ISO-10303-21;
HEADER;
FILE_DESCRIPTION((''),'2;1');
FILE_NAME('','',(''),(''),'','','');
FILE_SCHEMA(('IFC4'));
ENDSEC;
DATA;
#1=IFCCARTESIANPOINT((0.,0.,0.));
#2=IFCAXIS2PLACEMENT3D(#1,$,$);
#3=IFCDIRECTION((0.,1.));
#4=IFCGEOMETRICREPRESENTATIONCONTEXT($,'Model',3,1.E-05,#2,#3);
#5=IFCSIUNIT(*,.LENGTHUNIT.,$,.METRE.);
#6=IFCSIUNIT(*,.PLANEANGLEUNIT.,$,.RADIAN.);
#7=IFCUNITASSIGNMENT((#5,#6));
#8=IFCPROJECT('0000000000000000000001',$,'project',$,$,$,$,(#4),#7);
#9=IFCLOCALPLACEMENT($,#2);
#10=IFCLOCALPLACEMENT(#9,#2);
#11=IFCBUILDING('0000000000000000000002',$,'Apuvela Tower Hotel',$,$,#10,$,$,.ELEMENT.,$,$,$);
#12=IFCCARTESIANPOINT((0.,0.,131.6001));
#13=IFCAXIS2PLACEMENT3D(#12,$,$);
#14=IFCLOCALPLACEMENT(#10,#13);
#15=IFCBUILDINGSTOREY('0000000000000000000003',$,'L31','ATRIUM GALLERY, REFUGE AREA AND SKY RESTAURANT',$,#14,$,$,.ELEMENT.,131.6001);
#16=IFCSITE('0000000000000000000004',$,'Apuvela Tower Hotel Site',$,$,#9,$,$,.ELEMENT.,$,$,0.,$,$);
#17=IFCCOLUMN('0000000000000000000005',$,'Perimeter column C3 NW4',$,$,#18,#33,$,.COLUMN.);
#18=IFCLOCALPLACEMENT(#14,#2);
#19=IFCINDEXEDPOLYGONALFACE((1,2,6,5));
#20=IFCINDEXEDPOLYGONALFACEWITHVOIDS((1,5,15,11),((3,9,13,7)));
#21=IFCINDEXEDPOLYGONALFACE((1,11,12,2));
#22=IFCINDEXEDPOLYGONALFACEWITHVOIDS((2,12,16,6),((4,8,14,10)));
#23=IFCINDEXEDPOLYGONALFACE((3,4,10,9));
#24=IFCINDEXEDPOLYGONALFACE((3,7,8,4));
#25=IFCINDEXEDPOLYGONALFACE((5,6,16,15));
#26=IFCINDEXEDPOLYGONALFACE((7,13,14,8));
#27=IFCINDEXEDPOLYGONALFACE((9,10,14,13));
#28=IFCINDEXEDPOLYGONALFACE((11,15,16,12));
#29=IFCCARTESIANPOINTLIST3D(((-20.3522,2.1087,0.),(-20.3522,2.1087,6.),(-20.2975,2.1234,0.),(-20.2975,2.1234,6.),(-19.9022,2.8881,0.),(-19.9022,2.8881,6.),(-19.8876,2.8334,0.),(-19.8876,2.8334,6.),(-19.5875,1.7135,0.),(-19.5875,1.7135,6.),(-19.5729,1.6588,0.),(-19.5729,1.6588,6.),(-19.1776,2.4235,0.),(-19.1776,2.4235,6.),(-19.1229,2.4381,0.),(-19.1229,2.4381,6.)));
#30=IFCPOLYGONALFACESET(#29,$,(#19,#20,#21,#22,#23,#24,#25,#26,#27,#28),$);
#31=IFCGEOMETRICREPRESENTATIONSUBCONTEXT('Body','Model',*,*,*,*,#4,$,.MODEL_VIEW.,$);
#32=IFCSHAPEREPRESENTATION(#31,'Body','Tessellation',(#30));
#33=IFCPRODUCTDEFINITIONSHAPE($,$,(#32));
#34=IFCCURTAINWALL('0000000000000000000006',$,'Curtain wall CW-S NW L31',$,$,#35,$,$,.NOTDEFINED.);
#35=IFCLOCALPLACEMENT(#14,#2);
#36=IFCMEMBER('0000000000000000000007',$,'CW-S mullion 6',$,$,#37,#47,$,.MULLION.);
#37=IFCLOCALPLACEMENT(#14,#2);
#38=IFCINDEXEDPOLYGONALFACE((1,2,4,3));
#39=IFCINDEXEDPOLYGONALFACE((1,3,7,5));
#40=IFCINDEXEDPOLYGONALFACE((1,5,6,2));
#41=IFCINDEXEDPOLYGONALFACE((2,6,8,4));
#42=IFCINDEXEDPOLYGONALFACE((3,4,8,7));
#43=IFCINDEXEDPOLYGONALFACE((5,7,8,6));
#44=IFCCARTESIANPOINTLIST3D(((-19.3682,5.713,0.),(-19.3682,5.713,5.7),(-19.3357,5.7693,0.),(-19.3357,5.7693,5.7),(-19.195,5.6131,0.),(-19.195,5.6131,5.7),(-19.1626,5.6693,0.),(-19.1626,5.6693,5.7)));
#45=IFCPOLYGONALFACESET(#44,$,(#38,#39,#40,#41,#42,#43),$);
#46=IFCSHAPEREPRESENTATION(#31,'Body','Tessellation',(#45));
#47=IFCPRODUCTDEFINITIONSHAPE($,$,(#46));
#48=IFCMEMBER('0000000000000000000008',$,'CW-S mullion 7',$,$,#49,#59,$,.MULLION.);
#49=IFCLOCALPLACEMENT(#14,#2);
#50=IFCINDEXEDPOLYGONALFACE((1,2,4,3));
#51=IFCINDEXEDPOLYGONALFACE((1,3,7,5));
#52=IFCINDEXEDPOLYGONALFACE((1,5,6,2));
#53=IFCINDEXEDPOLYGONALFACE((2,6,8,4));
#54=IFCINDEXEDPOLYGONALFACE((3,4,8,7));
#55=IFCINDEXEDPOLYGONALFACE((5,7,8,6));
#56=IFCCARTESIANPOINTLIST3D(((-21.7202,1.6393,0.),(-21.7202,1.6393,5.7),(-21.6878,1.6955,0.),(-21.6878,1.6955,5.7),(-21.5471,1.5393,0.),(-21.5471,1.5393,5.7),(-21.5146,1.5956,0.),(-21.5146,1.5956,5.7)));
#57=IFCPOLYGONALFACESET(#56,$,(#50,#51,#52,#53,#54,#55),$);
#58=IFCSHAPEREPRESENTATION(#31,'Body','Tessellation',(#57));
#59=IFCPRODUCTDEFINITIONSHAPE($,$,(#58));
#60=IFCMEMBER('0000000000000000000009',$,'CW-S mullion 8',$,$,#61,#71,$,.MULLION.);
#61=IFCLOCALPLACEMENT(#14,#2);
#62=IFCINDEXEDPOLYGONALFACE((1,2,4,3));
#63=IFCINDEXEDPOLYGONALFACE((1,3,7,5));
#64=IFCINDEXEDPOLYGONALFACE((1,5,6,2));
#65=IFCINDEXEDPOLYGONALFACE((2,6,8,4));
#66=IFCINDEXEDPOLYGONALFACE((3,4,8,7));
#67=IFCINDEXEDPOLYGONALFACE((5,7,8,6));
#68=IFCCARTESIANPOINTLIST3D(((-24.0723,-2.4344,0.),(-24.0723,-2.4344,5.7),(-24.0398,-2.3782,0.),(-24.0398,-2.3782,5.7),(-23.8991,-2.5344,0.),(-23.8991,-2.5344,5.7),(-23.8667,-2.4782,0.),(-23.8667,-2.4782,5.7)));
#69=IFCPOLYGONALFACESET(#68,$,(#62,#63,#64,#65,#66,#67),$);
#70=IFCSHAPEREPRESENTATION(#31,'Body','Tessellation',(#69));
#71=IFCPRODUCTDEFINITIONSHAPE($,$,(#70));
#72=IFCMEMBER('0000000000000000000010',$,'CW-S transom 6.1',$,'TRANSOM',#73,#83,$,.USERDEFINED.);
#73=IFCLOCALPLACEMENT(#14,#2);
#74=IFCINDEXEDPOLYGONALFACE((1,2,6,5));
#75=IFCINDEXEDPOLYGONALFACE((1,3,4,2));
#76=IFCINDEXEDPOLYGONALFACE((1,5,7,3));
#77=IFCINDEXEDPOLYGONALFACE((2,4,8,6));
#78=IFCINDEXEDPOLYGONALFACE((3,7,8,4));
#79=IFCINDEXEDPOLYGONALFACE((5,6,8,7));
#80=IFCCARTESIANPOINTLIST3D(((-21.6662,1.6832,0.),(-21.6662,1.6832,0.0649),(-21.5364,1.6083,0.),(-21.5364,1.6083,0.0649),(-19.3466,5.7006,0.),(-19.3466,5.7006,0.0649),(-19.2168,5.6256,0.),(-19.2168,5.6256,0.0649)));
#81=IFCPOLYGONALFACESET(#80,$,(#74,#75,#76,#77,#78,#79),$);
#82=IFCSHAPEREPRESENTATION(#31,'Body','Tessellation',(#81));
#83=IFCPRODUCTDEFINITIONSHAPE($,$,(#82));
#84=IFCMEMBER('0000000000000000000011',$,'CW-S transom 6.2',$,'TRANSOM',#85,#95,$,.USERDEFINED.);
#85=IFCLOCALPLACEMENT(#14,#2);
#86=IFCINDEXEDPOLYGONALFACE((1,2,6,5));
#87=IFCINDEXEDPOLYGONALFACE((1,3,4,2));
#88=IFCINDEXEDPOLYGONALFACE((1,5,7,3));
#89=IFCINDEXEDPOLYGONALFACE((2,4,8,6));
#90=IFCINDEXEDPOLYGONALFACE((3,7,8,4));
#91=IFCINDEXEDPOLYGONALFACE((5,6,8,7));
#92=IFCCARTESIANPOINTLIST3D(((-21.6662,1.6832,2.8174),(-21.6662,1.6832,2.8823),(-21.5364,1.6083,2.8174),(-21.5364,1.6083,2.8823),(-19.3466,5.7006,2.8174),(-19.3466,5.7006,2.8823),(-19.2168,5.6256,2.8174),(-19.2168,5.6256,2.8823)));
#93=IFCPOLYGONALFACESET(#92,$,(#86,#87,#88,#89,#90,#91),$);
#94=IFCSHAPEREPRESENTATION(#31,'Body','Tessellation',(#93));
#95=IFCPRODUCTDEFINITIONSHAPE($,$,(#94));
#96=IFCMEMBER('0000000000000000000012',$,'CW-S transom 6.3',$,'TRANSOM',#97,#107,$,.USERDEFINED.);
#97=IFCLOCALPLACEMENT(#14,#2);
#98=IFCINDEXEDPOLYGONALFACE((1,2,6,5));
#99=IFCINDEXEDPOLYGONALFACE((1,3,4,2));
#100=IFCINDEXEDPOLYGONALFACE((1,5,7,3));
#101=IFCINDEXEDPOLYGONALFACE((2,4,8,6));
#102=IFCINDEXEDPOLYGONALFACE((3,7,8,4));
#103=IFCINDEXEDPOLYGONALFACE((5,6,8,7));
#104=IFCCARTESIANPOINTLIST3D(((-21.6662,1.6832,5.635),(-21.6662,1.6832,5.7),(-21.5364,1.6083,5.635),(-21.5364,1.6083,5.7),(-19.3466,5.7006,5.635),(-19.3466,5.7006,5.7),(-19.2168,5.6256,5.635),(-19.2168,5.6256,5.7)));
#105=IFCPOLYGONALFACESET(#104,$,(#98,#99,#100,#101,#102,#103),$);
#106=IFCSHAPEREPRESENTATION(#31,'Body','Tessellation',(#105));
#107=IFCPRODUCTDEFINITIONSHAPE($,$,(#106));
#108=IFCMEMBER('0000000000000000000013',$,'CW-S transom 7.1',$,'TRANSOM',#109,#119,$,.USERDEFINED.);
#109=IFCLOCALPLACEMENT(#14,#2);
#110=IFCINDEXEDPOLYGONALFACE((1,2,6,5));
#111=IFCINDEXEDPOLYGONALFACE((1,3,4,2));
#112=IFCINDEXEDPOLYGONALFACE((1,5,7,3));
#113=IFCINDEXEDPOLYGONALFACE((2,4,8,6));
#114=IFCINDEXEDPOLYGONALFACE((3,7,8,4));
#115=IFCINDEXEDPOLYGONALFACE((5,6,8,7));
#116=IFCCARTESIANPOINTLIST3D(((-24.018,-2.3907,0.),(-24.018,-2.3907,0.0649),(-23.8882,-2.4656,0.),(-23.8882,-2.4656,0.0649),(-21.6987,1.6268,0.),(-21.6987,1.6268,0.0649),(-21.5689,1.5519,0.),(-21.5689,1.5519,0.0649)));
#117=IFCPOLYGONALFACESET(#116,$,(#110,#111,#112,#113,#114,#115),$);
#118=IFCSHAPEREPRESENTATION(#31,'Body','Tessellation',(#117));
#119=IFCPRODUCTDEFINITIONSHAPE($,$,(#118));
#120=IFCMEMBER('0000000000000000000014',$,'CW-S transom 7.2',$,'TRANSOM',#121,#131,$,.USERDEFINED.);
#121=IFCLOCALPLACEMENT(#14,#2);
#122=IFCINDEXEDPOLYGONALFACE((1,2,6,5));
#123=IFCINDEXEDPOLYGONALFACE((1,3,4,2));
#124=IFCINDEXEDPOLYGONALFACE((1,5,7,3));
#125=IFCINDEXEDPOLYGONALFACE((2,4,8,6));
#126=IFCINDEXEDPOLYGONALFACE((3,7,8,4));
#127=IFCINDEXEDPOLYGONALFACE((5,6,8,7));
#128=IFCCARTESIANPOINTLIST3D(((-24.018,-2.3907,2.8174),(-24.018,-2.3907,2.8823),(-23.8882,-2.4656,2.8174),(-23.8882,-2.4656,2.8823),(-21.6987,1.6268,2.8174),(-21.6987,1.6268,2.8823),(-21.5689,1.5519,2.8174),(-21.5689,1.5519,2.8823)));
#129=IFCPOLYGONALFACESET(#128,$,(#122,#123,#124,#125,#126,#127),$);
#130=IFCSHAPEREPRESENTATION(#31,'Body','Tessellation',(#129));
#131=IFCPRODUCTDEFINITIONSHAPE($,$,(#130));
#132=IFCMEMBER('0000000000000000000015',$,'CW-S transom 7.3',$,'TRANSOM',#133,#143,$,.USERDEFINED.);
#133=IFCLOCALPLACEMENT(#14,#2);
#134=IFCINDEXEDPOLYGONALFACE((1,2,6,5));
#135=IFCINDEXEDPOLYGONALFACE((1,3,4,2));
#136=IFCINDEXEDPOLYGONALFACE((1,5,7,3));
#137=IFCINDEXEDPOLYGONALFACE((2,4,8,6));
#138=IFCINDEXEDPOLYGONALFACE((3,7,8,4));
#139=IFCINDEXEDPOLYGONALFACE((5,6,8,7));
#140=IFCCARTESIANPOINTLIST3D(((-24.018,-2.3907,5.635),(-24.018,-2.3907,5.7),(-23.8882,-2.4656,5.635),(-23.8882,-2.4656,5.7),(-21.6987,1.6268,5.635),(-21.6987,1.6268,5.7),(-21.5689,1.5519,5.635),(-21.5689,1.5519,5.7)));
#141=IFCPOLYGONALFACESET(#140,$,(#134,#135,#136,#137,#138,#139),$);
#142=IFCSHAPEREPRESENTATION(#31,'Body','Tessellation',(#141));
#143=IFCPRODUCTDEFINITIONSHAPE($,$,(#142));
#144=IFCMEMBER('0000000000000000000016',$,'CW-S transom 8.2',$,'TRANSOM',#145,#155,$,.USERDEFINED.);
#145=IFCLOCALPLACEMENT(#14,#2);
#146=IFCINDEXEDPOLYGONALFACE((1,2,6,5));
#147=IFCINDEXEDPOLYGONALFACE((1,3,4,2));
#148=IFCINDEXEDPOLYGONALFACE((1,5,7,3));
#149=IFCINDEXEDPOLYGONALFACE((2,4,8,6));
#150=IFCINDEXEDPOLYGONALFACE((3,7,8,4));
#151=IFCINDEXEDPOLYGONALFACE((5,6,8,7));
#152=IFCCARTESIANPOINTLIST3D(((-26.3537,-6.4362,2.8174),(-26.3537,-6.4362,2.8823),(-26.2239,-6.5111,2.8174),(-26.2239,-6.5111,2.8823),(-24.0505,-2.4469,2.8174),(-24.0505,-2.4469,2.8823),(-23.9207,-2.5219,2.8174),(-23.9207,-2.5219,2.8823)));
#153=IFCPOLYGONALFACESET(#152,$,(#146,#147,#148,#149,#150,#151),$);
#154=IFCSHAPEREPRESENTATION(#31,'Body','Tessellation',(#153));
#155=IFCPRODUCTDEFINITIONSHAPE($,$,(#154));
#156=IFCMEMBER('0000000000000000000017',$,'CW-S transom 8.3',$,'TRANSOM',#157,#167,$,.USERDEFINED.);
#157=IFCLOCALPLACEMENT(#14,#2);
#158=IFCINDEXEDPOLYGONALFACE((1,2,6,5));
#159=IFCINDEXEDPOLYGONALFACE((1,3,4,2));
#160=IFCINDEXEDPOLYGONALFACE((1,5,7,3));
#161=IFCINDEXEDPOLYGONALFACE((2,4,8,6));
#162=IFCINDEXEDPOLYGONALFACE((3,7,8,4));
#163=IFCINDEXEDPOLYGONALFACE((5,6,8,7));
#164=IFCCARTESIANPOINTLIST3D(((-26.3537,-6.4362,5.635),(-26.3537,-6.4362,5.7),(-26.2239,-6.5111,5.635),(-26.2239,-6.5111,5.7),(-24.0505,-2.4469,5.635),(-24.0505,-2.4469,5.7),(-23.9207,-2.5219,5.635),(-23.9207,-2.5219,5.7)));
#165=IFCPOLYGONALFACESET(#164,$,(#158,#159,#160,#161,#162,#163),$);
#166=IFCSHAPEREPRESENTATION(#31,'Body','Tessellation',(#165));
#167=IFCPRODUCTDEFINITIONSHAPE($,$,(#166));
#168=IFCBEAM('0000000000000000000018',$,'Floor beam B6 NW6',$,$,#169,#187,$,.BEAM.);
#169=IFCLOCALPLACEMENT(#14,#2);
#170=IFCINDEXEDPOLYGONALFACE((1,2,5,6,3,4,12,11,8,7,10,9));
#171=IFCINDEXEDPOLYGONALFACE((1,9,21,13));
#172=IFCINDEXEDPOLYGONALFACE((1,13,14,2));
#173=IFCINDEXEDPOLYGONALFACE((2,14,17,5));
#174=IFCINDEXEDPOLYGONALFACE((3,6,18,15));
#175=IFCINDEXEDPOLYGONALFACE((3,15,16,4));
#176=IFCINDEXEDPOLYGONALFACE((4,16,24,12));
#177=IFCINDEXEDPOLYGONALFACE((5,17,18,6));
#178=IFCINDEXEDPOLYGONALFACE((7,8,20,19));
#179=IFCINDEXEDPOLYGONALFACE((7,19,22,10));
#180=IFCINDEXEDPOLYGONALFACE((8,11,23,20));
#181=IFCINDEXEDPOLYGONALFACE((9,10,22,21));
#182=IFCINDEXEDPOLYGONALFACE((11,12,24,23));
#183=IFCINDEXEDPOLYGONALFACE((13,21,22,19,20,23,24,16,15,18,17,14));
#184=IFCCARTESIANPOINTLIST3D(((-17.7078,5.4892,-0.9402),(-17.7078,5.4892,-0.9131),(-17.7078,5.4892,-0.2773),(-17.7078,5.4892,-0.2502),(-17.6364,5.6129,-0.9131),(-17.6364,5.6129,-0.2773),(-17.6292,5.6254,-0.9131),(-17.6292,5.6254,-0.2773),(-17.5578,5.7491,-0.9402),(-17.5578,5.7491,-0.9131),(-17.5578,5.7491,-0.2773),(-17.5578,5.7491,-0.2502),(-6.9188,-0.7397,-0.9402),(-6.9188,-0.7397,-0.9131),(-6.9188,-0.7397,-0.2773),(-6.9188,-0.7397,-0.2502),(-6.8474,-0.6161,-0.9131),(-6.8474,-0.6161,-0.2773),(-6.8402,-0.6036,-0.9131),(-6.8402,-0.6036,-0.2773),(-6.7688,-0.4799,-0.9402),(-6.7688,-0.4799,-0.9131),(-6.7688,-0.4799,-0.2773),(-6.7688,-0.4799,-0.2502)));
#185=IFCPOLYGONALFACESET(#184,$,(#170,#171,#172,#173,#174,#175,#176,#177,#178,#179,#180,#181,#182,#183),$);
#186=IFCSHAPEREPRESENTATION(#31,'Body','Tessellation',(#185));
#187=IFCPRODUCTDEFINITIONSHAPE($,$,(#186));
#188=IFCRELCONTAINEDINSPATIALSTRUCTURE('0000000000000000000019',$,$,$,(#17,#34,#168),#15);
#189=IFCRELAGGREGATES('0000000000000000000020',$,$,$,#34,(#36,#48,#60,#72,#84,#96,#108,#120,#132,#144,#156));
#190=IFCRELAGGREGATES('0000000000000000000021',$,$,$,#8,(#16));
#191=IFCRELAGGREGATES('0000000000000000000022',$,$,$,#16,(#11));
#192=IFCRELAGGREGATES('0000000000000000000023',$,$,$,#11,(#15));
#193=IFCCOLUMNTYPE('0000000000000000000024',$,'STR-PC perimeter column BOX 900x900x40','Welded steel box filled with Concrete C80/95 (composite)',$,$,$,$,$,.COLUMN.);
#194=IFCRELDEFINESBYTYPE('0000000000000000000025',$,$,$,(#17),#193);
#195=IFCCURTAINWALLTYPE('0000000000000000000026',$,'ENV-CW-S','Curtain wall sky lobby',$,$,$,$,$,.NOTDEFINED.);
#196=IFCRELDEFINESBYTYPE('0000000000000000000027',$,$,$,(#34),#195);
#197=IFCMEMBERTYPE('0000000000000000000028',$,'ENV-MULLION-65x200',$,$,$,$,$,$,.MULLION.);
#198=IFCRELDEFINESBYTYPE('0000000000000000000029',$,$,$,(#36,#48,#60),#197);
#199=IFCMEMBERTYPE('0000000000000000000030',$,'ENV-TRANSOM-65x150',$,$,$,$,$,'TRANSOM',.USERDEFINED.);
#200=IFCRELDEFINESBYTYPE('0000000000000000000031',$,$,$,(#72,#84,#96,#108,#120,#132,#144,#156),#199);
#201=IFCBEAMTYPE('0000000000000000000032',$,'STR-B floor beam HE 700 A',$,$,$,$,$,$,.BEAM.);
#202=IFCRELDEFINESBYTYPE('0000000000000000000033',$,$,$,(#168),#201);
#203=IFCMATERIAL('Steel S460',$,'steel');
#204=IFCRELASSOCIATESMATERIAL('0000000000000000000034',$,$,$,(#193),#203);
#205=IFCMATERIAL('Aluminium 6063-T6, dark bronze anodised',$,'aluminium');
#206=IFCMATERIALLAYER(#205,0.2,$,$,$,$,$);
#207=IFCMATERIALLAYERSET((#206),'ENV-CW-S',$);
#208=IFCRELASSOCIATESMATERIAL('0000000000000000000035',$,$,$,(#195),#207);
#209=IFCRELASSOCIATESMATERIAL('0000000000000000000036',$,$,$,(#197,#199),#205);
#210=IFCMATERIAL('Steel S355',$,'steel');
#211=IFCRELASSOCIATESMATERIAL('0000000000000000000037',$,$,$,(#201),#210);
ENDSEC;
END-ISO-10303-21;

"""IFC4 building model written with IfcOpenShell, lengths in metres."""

from ifc_helpers import new_model, si_unit, direction, frame, origin, origin_2d, place, context, subcontext, project, spatial, rectangle, hollow_rectangle, i_section, extrude, material, layer, layer_set, material_profile, profile_set, type_object, element, aggregate, save


model = new_model("IFC4")

# Units and contexts
model_context = context("Model", 3, precision=1e-05, world=origin(), true_north=direction((0.0, 1.0)))
body_context = subcontext(model_context, "Body", "Model", "MODEL_VIEW")
ifc_project = project(units=[si_unit("LENGTHUNIT", "METRE"), si_unit("PLANEANGLEUNIT", "RADIAN")], contexts=[model_context])

# Site, building, storey
site_placement = place(None, origin())
site = spatial("IfcSite", under=ifc_project, at=site_placement, Name="Apuvela Tower Hotel Site", CompositionType="ELEMENT", RefElevation=0.0)
building_placement = place(site_placement, origin())
building = spatial("IfcBuilding", under=site, at=building_placement, Name="Apuvela Tower Hotel", CompositionType="ELEMENT")
storey_placement = place(building_placement, frame((0.0, 0.0, 131.6001)))
storey = spatial("IfcBuildingStorey", under=building, at=storey_placement, Name="L31", Description="ATRIUM GALLERY, REFUGE AREA AND SKY RESTAURANT", CompositionType="ELEMENT", Elevation=131.6001)

# Column
ifc_material_1 = material(Name="Steel S460", Category="steel")
ifc_material_profile_1 = material_profile(ifc_material_1, hollow_rectangle(XDim=0.8999, YDim=0.8999, WallThickness=0.04, at=origin_2d()), Name="BOX 900x900x40")
ifc_material_2 = material(Name="Concrete C80/95", Category="concrete")
ifc_material_profile_2 = material_profile(ifc_material_2, rectangle(XDim=0.8201, YDim=0.8201, at=origin_2d()), Name="Concrete C80/95 infill")
ifc_profile_set_1 = profile_set([ifc_material_profile_1, ifc_material_profile_2], Name="Steel S460")
column_type = type_object("IfcColumnType", Name="STR-PC perimeter column BOX 900x900x40", Description="Welded steel box filled with Concrete C80/95 (composite)", PredefinedType="COLUMN", material=ifc_profile_set_1)
column_placement = place(storey_placement, frame((-19.7375, 2.2734, 0.0), z_axis=(0.0, 0.0, 1.0), x_axis=(0.5, 0.866025, 0.0)))
element("IfcColumn", 1, at=column_placement, inside=storey, type_object=column_type, Name="Perimeter column C3 NW4", PredefinedType="COLUMN", context=body_context, shape_type="SweptSolid", body=[
    extrude(hollow_rectangle(XDim=0.8999, YDim=0.8999, WallThickness=0.04, at=origin_2d()), origin(), (0.0, 0.0, 1.0), 6.0),
])

# Curtain wall, members
ifc_material_3 = material(Name="Aluminium 6063-T6, dark bronze anodised", Category="aluminium")
ifc_layer_1 = layer(ifc_material_3, 0.2)
ifc_layer_set_1 = layer_set([ifc_layer_1], Name="ENV-CW-S")
curtain_wall_type = type_object("IfcCurtainWallType", Name="ENV-CW-S", Description="Curtain wall sky lobby", PredefinedType="NOTDEFINED", material=ifc_layer_set_1)
curtain_wall_placement = place(storey_placement, origin())
curtain_wall = element("IfcCurtainWall", 2, at=curtain_wall_placement, inside=storey, type_object=curtain_wall_type, Name="Curtain wall CW-S NW L31", PredefinedType="NOTDEFINED")
ifc_material_profile_3 = material_profile(ifc_material_3, rectangle(XDim=0.2, YDim=0.0649, at=origin_2d()), Name="AL 65x200")
ifc_profile_set_2 = profile_set([ifc_material_profile_3], Name="Aluminium 6063-T6, dark bronze anodised")
member_type_1 = type_object("IfcMemberType", Name="ENV-MULLION-65x200", PredefinedType="MULLION", material=ifc_profile_set_2)
member_1_placement = place(storey_placement, frame((-19.2654, 5.6912, 0.0), z_axis=(0.0, 0.0, 1.0), x_axis=(0.866026, -0.499999, 0.0)))
member_1 = element("IfcMember", 3, at=member_1_placement, type_object=member_type_1, Name="CW-S mullion 6", PredefinedType="MULLION", context=body_context, shape_type="SweptSolid", body=[
    extrude(rectangle(XDim=0.2, YDim=0.0649, at=origin_2d()), origin(), (0.0, 0.0, 1.0), 5.7),
])
member_2_placement = place(storey_placement, frame((-21.6174, 1.6174, 0.0), z_axis=(0.0, 0.0, 1.0), x_axis=(0.866026, -0.499999, 0.0)))
member_2 = element("IfcMember", 4, at=member_2_placement, type_object=member_type_1, Name="CW-S mullion 7", PredefinedType="MULLION", context=body_context, shape_type="SweptSolid", body=[
    extrude(rectangle(XDim=0.2, YDim=0.0649, at=origin_2d()), origin(), (0.0, 0.0, 1.0), 5.7),
])
member_3_placement = place(storey_placement, frame((-23.9695, -2.4563, 0.0), z_axis=(0.0, 0.0, 1.0), x_axis=(0.866026, -0.499999, 0.0)))
member_3 = element("IfcMember", 5, at=member_3_placement, type_object=member_type_1, Name="CW-S mullion 8", PredefinedType="MULLION", context=body_context, shape_type="SweptSolid", body=[
    extrude(rectangle(XDim=0.2, YDim=0.0649, at=origin_2d()), origin(), (0.0, 0.0, 1.0), 5.7),
])
ifc_material_profile_4 = material_profile(ifc_material_3, rectangle(XDim=0.1499, YDim=0.0649, at=origin_2d()), Name="AL 65x150 transom")
ifc_profile_set_3 = profile_set([ifc_material_profile_4], Name="Aluminium 6063-T6, dark bronze anodised")
member_type_2 = type_object("IfcMemberType", Name="ENV-TRANSOM-65x150", ElementType="TRANSOM", PredefinedType="USERDEFINED", material=ifc_profile_set_3)
member_4_placement = place(storey_placement, frame((-19.2817, 5.6631, 0.0325), z_axis=(-0.500028, -0.866009, 0.0), x_axis=(0.866009, -0.500028, 0.0)))
member_4 = element("IfcMember", 6, at=member_4_placement, type_object=member_type_2, Name="CW-S transom 6.1", ObjectType="TRANSOM", PredefinedType="USERDEFINED", context=body_context, shape_type="SweptSolid", body=[
    extrude(rectangle(XDim=0.1499, YDim=0.0649, at=origin_2d()), origin(), (0.0, 0.0, 1.0), 4.6389),
])
member_5_placement = place(storey_placement, frame((-19.2817, 5.6631, 2.8499), z_axis=(-0.500028, -0.866009, 0.0), x_axis=(0.866009, -0.500028, 0.0)))
member_5 = element("IfcMember", 7, at=member_5_placement, type_object=member_type_2, Name="CW-S transom 6.2", ObjectType="TRANSOM", PredefinedType="USERDEFINED", context=body_context, shape_type="SweptSolid", body=[
    extrude(rectangle(XDim=0.1499, YDim=0.0649, at=origin_2d()), origin(), (0.0, 0.0, 1.0), 4.6389),
])
member_6_placement = place(storey_placement, frame((-19.2817, 5.6631, 5.6675), z_axis=(-0.500028, -0.866009, 0.0), x_axis=(0.866009, -0.500028, 0.0)))
member_6 = element("IfcMember", 8, at=member_6_placement, type_object=member_type_2, Name="CW-S transom 6.3", ObjectType="TRANSOM", PredefinedType="USERDEFINED", context=body_context, shape_type="SweptSolid", body=[
    extrude(rectangle(XDim=0.1499, YDim=0.0649, at=origin_2d()), origin(), (0.0, 0.0, 1.0), 4.6389),
])
member_7_placement = place(storey_placement, frame((-21.6338, 1.5894, 0.0325), z_axis=(-0.499965, -0.866045, 0.0), x_axis=(0.866045, -0.499965, 0.0)))
member_7 = element("IfcMember", 9, at=member_7_placement, type_object=member_type_2, Name="CW-S transom 7.1", ObjectType="TRANSOM", PredefinedType="USERDEFINED", context=body_context, shape_type="SweptSolid", body=[
    extrude(rectangle(XDim=0.1499, YDim=0.0649, at=origin_2d()), origin(), (0.0, 0.0, 1.0), 4.6389),
])
member_8_placement = place(storey_placement, frame((-21.6338, 1.5894, 2.8499), z_axis=(-0.499965, -0.866045, 0.0), x_axis=(0.866045, -0.499965, 0.0)))
member_8 = element("IfcMember", 10, at=member_8_placement, type_object=member_type_2, Name="CW-S transom 7.2", ObjectType="TRANSOM", PredefinedType="USERDEFINED", context=body_context, shape_type="SweptSolid", body=[
    extrude(rectangle(XDim=0.1499, YDim=0.0649, at=origin_2d()), origin(), (0.0, 0.0, 1.0), 4.6389),
])
member_9_placement = place(storey_placement, frame((-21.6338, 1.5894, 5.6675), z_axis=(-0.499965, -0.866045, 0.0), x_axis=(0.866045, -0.499965, 0.0)))
member_9 = element("IfcMember", 11, at=member_9_placement, type_object=member_type_2, Name="CW-S transom 7.3", ObjectType="TRANSOM", PredefinedType="USERDEFINED", context=body_context, shape_type="SweptSolid", body=[
    extrude(rectangle(XDim=0.1499, YDim=0.0649, at=origin_2d()), origin(), (0.0, 0.0, 1.0), 4.6389),
])
member_10_placement = place(storey_placement, frame((-23.9856, -2.4844, 2.8499), z_axis=(-0.500004, -0.866023, 0.0), x_axis=(0.866023, -0.500004, 0.0)))
member_10 = element("IfcMember", 12, at=member_10_placement, type_object=member_type_2, Name="CW-S transom 8.2", ObjectType="TRANSOM", PredefinedType="USERDEFINED", context=body_context, shape_type="SweptSolid", body=[
    extrude(rectangle(XDim=0.1499, YDim=0.0649, at=origin_2d()), origin(), (0.0, 0.0, 1.0), 4.6064),
])
member_11_placement = place(storey_placement, frame((-23.9856, -2.4844, 5.6675), z_axis=(-0.500004, -0.866023, 0.0), x_axis=(0.866023, -0.500004, 0.0)))
member_11 = element("IfcMember", 13, at=member_11_placement, type_object=member_type_2, Name="CW-S transom 8.3", ObjectType="TRANSOM", PredefinedType="USERDEFINED", context=body_context, shape_type="SweptSolid", body=[
    extrude(rectangle(XDim=0.1499, YDim=0.0649, at=origin_2d()), origin(), (0.0, 0.0, 1.0), 4.6064),
])

# Beam
ifc_material_4 = material(Name="Steel S355", Category="steel")
ifc_material_profile_5 = material_profile(ifc_material_4, i_section(OverallWidth=0.3, OverallDepth=0.6899, WebThickness=0.0144, FlangeThickness=0.0271, at=origin_2d()), Name="HE 700 A")
ifc_profile_set_4 = profile_set([ifc_material_profile_5], Name="Steel S355")
beam_type_1 = type_object("IfcBeamType", Name="STR-B floor beam HE 700 A", PredefinedType="BEAM", material=ifc_profile_set_4)
beam_1_placement = place(storey_placement, frame((-17.6328, 5.6191, -0.5952), z_axis=(0.866028, -0.499996, 0.0), x_axis=(0.499996, 0.866028, 0.0)))
element("IfcBeam", 14, at=beam_1_placement, inside=storey, type_object=beam_type_1, Name="Floor beam B6 NW6", PredefinedType="BEAM", context=body_context, shape_type="SweptSolid", body=[
    extrude(i_section(OverallWidth=0.3, OverallDepth=0.6899, WebThickness=0.0144, FlangeThickness=0.0271, at=origin_2d()), origin(), (0.0, 0.0, 1.0), 12.458),
])

aggregate(curtain_wall, [member_1, member_2, member_3, member_4, member_5, member_6, member_7, member_8, member_9, member_10, member_11])

save(model, "model.ifc")
